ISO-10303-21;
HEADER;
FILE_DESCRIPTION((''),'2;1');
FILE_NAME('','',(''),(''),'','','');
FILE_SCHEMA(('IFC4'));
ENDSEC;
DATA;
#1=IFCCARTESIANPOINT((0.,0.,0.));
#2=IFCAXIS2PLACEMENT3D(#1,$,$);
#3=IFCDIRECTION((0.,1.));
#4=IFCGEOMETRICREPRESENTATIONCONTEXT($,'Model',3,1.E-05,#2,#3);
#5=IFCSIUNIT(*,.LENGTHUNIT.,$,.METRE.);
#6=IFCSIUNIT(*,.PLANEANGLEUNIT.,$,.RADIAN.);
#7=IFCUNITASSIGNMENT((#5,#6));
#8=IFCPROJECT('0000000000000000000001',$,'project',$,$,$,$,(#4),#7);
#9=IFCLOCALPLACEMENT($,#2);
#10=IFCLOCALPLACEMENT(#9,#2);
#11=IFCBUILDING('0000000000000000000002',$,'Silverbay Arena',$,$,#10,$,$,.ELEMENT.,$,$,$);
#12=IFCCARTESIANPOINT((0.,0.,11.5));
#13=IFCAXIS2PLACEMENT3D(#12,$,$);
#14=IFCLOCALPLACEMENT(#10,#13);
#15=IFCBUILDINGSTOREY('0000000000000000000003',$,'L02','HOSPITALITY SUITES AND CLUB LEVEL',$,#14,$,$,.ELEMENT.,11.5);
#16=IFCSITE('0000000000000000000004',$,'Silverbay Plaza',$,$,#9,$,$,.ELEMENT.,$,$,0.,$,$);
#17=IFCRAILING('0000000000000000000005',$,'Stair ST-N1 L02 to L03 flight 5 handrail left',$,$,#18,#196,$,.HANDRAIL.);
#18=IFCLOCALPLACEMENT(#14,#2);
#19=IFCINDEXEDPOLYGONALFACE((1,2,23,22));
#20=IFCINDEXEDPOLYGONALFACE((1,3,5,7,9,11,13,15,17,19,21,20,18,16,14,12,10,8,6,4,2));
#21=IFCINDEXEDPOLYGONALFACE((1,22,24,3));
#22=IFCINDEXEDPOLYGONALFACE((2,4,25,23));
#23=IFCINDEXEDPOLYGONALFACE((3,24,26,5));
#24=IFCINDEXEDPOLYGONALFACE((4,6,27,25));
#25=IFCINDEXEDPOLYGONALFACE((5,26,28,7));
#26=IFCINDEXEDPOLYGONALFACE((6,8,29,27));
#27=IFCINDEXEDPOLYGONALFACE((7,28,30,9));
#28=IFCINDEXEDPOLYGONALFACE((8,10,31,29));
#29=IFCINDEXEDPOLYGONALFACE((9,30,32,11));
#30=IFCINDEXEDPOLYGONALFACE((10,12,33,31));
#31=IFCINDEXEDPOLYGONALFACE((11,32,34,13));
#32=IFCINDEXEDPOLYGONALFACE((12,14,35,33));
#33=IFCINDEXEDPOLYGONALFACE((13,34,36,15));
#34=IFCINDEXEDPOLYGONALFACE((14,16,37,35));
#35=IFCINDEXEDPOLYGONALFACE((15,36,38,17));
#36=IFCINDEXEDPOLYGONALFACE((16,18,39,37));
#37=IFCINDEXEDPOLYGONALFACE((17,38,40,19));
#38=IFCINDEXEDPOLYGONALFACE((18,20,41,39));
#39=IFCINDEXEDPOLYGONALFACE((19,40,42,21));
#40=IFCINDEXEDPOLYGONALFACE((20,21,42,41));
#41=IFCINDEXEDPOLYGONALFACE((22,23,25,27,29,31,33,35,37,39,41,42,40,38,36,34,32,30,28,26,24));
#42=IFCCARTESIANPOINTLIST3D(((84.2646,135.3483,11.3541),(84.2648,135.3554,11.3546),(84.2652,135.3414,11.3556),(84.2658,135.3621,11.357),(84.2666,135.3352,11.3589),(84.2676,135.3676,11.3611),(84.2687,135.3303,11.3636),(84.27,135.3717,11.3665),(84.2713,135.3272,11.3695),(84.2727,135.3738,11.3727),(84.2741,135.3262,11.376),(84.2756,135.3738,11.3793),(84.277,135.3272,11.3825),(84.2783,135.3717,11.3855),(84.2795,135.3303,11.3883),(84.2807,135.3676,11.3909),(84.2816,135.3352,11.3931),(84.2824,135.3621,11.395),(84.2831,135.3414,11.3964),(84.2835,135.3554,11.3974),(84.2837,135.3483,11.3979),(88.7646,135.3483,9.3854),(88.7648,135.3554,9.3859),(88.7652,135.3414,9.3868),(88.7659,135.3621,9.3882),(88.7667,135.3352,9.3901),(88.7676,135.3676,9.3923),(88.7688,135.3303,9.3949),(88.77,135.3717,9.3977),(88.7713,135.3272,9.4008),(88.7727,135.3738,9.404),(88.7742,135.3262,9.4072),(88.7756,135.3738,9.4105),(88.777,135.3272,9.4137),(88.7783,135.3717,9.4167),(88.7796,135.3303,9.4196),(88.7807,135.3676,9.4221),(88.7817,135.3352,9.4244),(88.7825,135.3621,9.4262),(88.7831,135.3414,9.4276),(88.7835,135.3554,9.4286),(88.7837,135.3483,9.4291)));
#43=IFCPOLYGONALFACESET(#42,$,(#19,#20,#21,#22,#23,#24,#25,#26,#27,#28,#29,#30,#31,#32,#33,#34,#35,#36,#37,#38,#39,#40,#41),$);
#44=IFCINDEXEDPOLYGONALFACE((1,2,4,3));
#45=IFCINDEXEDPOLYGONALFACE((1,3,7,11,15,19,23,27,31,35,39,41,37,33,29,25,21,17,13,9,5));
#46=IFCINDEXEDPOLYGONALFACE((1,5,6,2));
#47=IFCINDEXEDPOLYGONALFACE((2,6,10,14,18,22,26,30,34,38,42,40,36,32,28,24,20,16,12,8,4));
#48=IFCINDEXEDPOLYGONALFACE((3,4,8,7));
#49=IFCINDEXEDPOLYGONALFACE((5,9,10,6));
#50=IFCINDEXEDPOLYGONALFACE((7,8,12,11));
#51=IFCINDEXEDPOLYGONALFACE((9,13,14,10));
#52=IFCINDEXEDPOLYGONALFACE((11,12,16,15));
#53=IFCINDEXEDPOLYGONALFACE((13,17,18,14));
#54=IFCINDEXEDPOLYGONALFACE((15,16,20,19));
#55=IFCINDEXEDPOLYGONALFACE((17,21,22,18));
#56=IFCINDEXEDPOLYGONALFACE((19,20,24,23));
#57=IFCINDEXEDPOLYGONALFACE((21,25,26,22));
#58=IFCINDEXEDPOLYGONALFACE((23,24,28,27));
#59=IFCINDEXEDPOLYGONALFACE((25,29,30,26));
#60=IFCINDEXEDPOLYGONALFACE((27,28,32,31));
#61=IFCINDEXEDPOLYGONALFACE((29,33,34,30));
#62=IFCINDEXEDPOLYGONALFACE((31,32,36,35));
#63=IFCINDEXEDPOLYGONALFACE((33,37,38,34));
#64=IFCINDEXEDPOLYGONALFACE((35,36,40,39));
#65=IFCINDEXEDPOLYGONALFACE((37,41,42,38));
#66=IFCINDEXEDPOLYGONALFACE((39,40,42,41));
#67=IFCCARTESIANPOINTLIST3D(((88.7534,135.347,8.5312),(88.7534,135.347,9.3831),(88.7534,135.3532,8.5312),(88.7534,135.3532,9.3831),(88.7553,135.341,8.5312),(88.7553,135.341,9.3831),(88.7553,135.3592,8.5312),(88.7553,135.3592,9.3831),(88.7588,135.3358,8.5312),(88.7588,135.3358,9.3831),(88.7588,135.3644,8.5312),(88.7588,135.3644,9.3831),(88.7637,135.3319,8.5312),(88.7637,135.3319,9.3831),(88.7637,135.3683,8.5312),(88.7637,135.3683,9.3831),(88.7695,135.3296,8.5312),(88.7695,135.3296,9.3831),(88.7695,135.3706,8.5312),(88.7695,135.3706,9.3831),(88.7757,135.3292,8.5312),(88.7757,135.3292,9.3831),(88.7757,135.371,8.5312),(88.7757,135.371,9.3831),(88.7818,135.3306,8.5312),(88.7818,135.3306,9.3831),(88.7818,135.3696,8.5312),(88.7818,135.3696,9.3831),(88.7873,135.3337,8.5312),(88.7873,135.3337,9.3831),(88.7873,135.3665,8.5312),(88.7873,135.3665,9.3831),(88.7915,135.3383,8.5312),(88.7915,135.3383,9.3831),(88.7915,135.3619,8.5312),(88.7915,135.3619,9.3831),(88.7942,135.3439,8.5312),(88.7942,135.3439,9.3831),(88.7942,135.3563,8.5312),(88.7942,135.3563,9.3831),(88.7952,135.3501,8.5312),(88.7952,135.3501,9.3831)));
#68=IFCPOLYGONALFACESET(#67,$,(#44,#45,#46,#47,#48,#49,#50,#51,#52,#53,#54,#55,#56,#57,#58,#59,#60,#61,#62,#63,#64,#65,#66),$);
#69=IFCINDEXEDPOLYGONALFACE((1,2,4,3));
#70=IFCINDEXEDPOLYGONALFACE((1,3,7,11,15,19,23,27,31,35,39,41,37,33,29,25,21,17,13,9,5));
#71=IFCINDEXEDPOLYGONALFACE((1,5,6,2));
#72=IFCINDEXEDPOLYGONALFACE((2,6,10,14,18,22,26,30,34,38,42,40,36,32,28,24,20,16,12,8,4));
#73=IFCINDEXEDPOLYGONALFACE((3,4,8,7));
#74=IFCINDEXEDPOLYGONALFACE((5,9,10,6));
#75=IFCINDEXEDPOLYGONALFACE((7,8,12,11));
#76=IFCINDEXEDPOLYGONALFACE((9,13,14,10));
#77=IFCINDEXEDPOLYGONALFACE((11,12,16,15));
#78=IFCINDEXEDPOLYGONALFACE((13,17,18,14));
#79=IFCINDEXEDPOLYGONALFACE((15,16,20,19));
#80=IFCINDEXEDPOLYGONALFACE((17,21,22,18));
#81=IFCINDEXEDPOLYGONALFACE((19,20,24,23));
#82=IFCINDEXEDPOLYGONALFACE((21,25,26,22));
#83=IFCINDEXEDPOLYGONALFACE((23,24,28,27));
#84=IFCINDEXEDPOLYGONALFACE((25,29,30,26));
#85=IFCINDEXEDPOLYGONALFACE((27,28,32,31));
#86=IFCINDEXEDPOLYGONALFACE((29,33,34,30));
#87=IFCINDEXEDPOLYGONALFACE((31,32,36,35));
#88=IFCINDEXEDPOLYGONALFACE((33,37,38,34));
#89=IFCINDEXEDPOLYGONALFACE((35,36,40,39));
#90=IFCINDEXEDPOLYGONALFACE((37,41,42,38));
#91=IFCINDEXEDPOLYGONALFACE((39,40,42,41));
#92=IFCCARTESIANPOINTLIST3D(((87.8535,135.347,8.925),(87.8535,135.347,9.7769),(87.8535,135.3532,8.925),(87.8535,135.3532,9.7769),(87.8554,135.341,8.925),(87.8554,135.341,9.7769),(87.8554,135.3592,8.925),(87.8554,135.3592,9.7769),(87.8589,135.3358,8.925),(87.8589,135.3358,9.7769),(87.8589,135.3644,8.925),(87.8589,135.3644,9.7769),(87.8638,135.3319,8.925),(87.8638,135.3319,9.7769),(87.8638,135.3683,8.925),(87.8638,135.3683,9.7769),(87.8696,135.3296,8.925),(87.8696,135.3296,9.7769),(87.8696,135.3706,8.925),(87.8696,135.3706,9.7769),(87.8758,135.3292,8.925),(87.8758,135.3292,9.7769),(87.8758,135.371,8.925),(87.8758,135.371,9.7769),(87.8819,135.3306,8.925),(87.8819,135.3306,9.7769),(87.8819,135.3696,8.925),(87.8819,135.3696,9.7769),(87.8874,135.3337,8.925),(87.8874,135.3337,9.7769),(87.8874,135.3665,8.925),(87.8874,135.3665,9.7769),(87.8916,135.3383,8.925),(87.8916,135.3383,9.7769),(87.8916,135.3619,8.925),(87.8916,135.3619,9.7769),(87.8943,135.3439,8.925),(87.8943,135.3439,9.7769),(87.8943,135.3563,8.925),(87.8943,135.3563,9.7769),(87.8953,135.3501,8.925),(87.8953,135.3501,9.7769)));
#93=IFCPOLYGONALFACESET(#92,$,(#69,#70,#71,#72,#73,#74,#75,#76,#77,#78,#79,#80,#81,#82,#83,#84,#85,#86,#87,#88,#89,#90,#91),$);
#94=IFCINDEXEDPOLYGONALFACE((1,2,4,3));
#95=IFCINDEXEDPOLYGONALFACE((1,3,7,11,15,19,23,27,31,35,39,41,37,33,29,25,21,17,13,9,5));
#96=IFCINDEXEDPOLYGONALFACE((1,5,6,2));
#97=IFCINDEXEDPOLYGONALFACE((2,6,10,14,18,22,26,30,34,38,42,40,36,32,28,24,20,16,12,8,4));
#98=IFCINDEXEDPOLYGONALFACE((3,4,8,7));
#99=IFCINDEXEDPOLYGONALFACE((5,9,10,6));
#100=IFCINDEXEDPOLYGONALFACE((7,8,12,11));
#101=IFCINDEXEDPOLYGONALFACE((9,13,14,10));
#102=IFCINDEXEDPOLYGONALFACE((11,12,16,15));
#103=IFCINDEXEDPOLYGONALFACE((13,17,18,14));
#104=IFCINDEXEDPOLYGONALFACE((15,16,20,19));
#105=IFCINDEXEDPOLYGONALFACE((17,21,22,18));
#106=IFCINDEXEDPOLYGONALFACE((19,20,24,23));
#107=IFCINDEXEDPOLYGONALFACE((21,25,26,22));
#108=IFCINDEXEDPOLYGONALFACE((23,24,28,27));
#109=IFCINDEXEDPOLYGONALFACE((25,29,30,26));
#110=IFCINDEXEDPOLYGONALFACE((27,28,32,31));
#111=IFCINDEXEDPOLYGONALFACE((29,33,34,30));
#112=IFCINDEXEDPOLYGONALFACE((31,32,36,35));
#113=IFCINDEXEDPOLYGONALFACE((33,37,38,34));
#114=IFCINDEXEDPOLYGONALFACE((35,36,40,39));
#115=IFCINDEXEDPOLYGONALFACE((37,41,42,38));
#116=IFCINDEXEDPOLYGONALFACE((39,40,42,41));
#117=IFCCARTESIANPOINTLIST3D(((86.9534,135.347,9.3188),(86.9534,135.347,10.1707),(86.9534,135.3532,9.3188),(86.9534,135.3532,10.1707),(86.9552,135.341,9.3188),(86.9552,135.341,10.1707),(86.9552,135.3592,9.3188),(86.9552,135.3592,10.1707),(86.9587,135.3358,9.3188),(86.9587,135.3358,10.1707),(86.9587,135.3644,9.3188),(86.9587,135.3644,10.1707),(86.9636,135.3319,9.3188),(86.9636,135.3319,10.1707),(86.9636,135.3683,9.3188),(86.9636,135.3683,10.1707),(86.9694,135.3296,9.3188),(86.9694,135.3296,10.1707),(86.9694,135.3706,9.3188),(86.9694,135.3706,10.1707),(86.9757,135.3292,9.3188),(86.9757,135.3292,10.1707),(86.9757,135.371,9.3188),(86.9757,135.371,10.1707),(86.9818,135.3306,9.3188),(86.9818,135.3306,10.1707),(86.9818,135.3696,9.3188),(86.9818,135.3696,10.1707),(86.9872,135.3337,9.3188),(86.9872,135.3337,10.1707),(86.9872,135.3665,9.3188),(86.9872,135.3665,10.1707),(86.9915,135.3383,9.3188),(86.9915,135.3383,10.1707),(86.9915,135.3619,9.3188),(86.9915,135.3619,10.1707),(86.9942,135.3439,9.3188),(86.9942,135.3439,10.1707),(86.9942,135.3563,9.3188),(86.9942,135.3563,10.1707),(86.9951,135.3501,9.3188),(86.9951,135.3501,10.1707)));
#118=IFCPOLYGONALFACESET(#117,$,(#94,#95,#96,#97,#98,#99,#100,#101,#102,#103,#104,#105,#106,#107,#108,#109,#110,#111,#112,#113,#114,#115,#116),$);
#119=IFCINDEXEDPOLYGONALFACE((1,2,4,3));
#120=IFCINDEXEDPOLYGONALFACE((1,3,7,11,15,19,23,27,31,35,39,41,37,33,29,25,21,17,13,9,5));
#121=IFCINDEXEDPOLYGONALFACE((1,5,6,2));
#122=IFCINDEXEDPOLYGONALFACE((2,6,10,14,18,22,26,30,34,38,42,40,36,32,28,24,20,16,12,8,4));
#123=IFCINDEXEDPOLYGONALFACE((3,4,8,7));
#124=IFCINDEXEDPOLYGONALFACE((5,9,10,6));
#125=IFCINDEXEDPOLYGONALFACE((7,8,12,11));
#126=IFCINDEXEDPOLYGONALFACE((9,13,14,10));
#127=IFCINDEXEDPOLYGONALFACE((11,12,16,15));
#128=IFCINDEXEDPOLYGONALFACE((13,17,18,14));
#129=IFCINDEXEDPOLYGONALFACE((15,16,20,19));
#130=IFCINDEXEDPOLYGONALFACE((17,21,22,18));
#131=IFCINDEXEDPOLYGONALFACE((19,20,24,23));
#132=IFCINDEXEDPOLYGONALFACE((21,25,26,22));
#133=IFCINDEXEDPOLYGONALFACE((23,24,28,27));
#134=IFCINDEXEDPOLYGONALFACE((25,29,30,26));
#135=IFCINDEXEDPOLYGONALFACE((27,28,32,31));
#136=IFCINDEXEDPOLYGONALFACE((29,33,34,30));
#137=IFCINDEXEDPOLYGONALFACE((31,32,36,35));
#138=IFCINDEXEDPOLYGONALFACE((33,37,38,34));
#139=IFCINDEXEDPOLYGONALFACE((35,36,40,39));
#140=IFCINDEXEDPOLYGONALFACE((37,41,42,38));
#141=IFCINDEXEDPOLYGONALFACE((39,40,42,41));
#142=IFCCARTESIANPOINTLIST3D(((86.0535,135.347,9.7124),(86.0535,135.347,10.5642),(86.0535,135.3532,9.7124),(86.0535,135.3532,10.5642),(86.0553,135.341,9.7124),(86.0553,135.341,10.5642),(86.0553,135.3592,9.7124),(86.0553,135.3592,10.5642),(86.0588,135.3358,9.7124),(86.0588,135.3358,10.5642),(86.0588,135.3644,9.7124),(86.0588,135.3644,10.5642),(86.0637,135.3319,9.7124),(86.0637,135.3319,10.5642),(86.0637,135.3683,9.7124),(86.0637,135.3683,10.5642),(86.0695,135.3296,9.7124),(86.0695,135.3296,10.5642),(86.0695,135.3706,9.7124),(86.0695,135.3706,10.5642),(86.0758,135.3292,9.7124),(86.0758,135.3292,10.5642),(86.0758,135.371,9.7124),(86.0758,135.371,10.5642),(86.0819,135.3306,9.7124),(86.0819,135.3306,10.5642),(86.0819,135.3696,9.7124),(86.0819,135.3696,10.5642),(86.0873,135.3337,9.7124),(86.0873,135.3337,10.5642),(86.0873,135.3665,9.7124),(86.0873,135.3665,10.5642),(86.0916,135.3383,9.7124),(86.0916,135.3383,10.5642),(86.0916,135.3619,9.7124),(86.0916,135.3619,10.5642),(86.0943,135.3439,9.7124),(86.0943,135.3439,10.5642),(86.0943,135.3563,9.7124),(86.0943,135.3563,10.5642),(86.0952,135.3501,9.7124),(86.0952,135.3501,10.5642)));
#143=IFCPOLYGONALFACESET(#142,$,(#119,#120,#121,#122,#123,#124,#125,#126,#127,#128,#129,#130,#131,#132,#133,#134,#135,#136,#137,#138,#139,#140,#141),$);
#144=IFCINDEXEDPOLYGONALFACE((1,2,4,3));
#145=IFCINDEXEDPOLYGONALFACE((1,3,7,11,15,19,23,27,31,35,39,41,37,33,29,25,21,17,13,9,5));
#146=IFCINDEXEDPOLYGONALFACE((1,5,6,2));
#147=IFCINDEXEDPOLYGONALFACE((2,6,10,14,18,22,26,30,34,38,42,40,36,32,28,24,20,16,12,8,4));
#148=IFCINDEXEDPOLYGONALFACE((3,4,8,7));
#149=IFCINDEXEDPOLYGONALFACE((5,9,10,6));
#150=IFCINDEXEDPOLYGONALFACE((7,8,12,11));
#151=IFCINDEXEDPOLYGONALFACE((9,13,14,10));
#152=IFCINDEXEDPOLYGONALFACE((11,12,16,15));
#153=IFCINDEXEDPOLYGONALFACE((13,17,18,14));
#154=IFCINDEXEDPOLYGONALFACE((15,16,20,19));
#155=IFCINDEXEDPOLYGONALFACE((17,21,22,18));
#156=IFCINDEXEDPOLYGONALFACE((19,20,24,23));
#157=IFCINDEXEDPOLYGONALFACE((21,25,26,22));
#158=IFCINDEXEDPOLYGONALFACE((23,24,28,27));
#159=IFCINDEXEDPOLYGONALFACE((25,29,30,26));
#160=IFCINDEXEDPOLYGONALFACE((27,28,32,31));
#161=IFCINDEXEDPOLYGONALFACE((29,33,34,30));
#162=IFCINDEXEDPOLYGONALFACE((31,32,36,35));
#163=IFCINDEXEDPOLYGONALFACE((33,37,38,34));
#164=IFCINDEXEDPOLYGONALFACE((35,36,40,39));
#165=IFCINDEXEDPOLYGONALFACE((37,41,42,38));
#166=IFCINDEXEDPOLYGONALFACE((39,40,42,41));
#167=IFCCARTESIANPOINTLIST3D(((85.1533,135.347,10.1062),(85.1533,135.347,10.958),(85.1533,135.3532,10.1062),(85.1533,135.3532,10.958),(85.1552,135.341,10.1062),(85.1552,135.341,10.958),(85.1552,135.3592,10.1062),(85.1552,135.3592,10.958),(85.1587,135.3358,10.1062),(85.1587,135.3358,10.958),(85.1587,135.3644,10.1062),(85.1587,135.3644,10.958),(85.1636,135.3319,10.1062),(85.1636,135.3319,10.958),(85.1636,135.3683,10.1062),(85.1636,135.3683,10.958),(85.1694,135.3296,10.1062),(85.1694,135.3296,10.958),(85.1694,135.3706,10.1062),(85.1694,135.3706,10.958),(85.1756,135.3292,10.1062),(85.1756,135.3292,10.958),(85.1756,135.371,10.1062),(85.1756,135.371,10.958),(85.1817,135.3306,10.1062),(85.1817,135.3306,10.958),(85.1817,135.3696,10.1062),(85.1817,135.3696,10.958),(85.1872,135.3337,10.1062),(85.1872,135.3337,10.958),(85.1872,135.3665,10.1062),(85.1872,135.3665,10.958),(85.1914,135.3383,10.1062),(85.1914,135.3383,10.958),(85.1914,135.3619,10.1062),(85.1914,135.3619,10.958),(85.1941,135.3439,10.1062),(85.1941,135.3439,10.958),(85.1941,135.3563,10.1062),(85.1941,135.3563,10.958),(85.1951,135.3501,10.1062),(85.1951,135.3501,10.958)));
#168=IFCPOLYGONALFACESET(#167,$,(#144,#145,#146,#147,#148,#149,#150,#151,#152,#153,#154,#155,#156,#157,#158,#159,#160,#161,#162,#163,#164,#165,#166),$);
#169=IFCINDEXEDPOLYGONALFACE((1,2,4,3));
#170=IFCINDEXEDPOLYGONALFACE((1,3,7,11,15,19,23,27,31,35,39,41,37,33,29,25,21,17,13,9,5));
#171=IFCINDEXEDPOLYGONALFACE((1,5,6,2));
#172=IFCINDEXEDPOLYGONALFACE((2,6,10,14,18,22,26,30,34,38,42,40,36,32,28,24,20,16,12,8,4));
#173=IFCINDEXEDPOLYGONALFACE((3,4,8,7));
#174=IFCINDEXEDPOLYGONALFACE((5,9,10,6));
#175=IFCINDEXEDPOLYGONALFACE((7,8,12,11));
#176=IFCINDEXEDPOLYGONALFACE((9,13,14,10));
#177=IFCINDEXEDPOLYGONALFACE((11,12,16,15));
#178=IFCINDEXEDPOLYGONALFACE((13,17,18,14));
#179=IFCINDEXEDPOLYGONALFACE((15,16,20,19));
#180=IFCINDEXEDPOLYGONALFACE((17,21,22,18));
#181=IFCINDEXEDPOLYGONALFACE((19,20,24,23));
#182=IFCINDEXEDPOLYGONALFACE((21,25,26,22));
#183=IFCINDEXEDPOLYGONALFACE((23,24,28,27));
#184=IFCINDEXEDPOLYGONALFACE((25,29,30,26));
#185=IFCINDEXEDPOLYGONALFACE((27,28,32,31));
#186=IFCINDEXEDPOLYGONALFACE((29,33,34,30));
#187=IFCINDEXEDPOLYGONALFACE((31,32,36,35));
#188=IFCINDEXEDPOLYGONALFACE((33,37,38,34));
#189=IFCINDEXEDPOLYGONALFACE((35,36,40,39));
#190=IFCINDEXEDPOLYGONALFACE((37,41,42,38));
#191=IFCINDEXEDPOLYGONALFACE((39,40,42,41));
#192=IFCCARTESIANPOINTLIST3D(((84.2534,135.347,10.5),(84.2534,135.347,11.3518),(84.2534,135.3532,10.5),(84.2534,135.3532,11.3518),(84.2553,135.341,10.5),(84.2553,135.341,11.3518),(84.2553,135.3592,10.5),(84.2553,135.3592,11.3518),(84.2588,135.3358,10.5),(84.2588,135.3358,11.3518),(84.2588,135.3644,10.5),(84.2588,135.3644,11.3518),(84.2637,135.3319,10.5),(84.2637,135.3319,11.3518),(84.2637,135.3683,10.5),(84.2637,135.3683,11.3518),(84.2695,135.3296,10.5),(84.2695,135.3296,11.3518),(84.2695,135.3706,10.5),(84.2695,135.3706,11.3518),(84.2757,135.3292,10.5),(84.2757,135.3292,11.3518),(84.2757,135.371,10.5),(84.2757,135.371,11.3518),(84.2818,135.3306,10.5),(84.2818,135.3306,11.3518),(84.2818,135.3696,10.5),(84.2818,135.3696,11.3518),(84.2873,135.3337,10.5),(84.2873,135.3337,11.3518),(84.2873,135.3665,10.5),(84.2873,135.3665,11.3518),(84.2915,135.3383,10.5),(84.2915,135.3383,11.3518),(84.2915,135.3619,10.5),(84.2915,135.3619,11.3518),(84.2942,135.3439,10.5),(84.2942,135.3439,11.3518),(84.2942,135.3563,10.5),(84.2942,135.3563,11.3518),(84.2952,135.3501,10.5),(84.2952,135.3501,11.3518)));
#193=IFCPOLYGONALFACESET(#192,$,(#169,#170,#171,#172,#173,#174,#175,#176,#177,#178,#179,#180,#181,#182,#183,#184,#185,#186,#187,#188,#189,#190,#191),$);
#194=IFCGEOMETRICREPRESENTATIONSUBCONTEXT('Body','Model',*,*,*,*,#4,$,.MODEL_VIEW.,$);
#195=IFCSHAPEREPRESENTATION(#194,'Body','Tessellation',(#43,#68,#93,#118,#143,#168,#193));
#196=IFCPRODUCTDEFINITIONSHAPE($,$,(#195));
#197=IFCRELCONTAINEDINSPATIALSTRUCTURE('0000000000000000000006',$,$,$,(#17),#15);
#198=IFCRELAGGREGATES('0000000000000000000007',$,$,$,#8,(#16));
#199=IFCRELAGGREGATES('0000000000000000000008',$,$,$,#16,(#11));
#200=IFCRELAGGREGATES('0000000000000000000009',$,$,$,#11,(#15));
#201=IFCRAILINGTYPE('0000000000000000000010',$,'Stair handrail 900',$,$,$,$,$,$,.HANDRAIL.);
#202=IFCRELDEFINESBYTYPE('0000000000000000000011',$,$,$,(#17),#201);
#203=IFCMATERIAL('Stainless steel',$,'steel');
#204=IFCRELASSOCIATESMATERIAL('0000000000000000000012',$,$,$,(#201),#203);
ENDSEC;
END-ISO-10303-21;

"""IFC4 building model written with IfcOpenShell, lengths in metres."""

from ifc_helpers import new_model, si_unit, direction, frame, origin, origin_2d, place, context, subcontext, project, spatial, circle, extrude, material, type_object, element, save


model = new_model("IFC4")

# Units and contexts
model_context = context("Model", 3, precision=1e-05, world=origin(), true_north=direction((0.0, 1.0)))
body_context = subcontext(model_context, "Body", "Model", "MODEL_VIEW")
ifc_project = project(units=[si_unit("LENGTHUNIT", "METRE"), si_unit("PLANEANGLEUNIT", "RADIAN")], contexts=[model_context])

# Site, building, storey
site_placement = place(None, origin())
site = spatial("IfcSite", under=ifc_project, at=site_placement, Name="Silverbay Plaza", CompositionType="ELEMENT", RefElevation=0.0)
building_placement = place(site_placement, origin())
building = spatial("IfcBuilding", under=site, at=building_placement, Name="Silverbay Arena", CompositionType="ELEMENT")
storey_placement = place(building_placement, frame((0.0, 0.0, 11.5)))
storey = spatial("IfcBuildingStorey", under=building, at=storey_placement, Name="L02", Description="HOSPITALITY SUITES AND CLUB LEVEL", CompositionType="ELEMENT", Elevation=11.5)

# Railing
ifc_material_1 = material(Name="Stainless steel", Category="steel")
railing_type_1 = type_object("IfcRailingType", Name="Stair handrail 900", PredefinedType="HANDRAIL", material=ifc_material_1)
for number, where, name in (
    (1, (88.7742, 135.3501, 8.5312), "Stair ST-N1 L02 to L03 flight 5 handrail left"),
):
    element("IfcRailing", number, at=place(storey_placement, frame(where)), inside=storey, type_object=railing_type_1, Name=name, PredefinedType="HANDRAIL", context=body_context, shape_type="SweptSolid", body=[
        extrude(circle(Radius=0.0239, at=origin_2d()), frame((0.0, 0.0, 0.876), z_axis=(-0.916157, 0.0, 0.400819), x_axis=(0.0, -1.0, 0.0)), (0.0, 0.0, 1.0), 4.9119),
        extrude(circle(Radius=0.021, at=origin_2d()), origin(), (0.0, 0.0, 1.0), 0.8518),
        extrude(circle(Radius=0.021, at=origin_2d()), frame((-0.8999, 0.0, 0.3938)), (0.0, 0.0, 1.0), 0.8518),
        extrude(circle(Radius=0.021, at=origin_2d()), frame((-1.8, 0.0, 0.7876)), (0.0, 0.0, 1.0), 0.8518),
        extrude(circle(Radius=0.021, at=origin_2d()), frame((-2.7, 0.0, 1.1812)), (0.0, 0.0, 1.0), 0.8518),
        extrude(circle(Radius=0.021, at=origin_2d()), frame((-3.6001, 0.0, 1.575)), (0.0, 0.0, 1.0), 0.8518),
        extrude(circle(Radius=0.021, at=origin_2d()), frame((-4.5, 0.0, 1.9688)), (0.0, 0.0, 1.0), 0.8518),
    ])

save(model, "model.ifc")
